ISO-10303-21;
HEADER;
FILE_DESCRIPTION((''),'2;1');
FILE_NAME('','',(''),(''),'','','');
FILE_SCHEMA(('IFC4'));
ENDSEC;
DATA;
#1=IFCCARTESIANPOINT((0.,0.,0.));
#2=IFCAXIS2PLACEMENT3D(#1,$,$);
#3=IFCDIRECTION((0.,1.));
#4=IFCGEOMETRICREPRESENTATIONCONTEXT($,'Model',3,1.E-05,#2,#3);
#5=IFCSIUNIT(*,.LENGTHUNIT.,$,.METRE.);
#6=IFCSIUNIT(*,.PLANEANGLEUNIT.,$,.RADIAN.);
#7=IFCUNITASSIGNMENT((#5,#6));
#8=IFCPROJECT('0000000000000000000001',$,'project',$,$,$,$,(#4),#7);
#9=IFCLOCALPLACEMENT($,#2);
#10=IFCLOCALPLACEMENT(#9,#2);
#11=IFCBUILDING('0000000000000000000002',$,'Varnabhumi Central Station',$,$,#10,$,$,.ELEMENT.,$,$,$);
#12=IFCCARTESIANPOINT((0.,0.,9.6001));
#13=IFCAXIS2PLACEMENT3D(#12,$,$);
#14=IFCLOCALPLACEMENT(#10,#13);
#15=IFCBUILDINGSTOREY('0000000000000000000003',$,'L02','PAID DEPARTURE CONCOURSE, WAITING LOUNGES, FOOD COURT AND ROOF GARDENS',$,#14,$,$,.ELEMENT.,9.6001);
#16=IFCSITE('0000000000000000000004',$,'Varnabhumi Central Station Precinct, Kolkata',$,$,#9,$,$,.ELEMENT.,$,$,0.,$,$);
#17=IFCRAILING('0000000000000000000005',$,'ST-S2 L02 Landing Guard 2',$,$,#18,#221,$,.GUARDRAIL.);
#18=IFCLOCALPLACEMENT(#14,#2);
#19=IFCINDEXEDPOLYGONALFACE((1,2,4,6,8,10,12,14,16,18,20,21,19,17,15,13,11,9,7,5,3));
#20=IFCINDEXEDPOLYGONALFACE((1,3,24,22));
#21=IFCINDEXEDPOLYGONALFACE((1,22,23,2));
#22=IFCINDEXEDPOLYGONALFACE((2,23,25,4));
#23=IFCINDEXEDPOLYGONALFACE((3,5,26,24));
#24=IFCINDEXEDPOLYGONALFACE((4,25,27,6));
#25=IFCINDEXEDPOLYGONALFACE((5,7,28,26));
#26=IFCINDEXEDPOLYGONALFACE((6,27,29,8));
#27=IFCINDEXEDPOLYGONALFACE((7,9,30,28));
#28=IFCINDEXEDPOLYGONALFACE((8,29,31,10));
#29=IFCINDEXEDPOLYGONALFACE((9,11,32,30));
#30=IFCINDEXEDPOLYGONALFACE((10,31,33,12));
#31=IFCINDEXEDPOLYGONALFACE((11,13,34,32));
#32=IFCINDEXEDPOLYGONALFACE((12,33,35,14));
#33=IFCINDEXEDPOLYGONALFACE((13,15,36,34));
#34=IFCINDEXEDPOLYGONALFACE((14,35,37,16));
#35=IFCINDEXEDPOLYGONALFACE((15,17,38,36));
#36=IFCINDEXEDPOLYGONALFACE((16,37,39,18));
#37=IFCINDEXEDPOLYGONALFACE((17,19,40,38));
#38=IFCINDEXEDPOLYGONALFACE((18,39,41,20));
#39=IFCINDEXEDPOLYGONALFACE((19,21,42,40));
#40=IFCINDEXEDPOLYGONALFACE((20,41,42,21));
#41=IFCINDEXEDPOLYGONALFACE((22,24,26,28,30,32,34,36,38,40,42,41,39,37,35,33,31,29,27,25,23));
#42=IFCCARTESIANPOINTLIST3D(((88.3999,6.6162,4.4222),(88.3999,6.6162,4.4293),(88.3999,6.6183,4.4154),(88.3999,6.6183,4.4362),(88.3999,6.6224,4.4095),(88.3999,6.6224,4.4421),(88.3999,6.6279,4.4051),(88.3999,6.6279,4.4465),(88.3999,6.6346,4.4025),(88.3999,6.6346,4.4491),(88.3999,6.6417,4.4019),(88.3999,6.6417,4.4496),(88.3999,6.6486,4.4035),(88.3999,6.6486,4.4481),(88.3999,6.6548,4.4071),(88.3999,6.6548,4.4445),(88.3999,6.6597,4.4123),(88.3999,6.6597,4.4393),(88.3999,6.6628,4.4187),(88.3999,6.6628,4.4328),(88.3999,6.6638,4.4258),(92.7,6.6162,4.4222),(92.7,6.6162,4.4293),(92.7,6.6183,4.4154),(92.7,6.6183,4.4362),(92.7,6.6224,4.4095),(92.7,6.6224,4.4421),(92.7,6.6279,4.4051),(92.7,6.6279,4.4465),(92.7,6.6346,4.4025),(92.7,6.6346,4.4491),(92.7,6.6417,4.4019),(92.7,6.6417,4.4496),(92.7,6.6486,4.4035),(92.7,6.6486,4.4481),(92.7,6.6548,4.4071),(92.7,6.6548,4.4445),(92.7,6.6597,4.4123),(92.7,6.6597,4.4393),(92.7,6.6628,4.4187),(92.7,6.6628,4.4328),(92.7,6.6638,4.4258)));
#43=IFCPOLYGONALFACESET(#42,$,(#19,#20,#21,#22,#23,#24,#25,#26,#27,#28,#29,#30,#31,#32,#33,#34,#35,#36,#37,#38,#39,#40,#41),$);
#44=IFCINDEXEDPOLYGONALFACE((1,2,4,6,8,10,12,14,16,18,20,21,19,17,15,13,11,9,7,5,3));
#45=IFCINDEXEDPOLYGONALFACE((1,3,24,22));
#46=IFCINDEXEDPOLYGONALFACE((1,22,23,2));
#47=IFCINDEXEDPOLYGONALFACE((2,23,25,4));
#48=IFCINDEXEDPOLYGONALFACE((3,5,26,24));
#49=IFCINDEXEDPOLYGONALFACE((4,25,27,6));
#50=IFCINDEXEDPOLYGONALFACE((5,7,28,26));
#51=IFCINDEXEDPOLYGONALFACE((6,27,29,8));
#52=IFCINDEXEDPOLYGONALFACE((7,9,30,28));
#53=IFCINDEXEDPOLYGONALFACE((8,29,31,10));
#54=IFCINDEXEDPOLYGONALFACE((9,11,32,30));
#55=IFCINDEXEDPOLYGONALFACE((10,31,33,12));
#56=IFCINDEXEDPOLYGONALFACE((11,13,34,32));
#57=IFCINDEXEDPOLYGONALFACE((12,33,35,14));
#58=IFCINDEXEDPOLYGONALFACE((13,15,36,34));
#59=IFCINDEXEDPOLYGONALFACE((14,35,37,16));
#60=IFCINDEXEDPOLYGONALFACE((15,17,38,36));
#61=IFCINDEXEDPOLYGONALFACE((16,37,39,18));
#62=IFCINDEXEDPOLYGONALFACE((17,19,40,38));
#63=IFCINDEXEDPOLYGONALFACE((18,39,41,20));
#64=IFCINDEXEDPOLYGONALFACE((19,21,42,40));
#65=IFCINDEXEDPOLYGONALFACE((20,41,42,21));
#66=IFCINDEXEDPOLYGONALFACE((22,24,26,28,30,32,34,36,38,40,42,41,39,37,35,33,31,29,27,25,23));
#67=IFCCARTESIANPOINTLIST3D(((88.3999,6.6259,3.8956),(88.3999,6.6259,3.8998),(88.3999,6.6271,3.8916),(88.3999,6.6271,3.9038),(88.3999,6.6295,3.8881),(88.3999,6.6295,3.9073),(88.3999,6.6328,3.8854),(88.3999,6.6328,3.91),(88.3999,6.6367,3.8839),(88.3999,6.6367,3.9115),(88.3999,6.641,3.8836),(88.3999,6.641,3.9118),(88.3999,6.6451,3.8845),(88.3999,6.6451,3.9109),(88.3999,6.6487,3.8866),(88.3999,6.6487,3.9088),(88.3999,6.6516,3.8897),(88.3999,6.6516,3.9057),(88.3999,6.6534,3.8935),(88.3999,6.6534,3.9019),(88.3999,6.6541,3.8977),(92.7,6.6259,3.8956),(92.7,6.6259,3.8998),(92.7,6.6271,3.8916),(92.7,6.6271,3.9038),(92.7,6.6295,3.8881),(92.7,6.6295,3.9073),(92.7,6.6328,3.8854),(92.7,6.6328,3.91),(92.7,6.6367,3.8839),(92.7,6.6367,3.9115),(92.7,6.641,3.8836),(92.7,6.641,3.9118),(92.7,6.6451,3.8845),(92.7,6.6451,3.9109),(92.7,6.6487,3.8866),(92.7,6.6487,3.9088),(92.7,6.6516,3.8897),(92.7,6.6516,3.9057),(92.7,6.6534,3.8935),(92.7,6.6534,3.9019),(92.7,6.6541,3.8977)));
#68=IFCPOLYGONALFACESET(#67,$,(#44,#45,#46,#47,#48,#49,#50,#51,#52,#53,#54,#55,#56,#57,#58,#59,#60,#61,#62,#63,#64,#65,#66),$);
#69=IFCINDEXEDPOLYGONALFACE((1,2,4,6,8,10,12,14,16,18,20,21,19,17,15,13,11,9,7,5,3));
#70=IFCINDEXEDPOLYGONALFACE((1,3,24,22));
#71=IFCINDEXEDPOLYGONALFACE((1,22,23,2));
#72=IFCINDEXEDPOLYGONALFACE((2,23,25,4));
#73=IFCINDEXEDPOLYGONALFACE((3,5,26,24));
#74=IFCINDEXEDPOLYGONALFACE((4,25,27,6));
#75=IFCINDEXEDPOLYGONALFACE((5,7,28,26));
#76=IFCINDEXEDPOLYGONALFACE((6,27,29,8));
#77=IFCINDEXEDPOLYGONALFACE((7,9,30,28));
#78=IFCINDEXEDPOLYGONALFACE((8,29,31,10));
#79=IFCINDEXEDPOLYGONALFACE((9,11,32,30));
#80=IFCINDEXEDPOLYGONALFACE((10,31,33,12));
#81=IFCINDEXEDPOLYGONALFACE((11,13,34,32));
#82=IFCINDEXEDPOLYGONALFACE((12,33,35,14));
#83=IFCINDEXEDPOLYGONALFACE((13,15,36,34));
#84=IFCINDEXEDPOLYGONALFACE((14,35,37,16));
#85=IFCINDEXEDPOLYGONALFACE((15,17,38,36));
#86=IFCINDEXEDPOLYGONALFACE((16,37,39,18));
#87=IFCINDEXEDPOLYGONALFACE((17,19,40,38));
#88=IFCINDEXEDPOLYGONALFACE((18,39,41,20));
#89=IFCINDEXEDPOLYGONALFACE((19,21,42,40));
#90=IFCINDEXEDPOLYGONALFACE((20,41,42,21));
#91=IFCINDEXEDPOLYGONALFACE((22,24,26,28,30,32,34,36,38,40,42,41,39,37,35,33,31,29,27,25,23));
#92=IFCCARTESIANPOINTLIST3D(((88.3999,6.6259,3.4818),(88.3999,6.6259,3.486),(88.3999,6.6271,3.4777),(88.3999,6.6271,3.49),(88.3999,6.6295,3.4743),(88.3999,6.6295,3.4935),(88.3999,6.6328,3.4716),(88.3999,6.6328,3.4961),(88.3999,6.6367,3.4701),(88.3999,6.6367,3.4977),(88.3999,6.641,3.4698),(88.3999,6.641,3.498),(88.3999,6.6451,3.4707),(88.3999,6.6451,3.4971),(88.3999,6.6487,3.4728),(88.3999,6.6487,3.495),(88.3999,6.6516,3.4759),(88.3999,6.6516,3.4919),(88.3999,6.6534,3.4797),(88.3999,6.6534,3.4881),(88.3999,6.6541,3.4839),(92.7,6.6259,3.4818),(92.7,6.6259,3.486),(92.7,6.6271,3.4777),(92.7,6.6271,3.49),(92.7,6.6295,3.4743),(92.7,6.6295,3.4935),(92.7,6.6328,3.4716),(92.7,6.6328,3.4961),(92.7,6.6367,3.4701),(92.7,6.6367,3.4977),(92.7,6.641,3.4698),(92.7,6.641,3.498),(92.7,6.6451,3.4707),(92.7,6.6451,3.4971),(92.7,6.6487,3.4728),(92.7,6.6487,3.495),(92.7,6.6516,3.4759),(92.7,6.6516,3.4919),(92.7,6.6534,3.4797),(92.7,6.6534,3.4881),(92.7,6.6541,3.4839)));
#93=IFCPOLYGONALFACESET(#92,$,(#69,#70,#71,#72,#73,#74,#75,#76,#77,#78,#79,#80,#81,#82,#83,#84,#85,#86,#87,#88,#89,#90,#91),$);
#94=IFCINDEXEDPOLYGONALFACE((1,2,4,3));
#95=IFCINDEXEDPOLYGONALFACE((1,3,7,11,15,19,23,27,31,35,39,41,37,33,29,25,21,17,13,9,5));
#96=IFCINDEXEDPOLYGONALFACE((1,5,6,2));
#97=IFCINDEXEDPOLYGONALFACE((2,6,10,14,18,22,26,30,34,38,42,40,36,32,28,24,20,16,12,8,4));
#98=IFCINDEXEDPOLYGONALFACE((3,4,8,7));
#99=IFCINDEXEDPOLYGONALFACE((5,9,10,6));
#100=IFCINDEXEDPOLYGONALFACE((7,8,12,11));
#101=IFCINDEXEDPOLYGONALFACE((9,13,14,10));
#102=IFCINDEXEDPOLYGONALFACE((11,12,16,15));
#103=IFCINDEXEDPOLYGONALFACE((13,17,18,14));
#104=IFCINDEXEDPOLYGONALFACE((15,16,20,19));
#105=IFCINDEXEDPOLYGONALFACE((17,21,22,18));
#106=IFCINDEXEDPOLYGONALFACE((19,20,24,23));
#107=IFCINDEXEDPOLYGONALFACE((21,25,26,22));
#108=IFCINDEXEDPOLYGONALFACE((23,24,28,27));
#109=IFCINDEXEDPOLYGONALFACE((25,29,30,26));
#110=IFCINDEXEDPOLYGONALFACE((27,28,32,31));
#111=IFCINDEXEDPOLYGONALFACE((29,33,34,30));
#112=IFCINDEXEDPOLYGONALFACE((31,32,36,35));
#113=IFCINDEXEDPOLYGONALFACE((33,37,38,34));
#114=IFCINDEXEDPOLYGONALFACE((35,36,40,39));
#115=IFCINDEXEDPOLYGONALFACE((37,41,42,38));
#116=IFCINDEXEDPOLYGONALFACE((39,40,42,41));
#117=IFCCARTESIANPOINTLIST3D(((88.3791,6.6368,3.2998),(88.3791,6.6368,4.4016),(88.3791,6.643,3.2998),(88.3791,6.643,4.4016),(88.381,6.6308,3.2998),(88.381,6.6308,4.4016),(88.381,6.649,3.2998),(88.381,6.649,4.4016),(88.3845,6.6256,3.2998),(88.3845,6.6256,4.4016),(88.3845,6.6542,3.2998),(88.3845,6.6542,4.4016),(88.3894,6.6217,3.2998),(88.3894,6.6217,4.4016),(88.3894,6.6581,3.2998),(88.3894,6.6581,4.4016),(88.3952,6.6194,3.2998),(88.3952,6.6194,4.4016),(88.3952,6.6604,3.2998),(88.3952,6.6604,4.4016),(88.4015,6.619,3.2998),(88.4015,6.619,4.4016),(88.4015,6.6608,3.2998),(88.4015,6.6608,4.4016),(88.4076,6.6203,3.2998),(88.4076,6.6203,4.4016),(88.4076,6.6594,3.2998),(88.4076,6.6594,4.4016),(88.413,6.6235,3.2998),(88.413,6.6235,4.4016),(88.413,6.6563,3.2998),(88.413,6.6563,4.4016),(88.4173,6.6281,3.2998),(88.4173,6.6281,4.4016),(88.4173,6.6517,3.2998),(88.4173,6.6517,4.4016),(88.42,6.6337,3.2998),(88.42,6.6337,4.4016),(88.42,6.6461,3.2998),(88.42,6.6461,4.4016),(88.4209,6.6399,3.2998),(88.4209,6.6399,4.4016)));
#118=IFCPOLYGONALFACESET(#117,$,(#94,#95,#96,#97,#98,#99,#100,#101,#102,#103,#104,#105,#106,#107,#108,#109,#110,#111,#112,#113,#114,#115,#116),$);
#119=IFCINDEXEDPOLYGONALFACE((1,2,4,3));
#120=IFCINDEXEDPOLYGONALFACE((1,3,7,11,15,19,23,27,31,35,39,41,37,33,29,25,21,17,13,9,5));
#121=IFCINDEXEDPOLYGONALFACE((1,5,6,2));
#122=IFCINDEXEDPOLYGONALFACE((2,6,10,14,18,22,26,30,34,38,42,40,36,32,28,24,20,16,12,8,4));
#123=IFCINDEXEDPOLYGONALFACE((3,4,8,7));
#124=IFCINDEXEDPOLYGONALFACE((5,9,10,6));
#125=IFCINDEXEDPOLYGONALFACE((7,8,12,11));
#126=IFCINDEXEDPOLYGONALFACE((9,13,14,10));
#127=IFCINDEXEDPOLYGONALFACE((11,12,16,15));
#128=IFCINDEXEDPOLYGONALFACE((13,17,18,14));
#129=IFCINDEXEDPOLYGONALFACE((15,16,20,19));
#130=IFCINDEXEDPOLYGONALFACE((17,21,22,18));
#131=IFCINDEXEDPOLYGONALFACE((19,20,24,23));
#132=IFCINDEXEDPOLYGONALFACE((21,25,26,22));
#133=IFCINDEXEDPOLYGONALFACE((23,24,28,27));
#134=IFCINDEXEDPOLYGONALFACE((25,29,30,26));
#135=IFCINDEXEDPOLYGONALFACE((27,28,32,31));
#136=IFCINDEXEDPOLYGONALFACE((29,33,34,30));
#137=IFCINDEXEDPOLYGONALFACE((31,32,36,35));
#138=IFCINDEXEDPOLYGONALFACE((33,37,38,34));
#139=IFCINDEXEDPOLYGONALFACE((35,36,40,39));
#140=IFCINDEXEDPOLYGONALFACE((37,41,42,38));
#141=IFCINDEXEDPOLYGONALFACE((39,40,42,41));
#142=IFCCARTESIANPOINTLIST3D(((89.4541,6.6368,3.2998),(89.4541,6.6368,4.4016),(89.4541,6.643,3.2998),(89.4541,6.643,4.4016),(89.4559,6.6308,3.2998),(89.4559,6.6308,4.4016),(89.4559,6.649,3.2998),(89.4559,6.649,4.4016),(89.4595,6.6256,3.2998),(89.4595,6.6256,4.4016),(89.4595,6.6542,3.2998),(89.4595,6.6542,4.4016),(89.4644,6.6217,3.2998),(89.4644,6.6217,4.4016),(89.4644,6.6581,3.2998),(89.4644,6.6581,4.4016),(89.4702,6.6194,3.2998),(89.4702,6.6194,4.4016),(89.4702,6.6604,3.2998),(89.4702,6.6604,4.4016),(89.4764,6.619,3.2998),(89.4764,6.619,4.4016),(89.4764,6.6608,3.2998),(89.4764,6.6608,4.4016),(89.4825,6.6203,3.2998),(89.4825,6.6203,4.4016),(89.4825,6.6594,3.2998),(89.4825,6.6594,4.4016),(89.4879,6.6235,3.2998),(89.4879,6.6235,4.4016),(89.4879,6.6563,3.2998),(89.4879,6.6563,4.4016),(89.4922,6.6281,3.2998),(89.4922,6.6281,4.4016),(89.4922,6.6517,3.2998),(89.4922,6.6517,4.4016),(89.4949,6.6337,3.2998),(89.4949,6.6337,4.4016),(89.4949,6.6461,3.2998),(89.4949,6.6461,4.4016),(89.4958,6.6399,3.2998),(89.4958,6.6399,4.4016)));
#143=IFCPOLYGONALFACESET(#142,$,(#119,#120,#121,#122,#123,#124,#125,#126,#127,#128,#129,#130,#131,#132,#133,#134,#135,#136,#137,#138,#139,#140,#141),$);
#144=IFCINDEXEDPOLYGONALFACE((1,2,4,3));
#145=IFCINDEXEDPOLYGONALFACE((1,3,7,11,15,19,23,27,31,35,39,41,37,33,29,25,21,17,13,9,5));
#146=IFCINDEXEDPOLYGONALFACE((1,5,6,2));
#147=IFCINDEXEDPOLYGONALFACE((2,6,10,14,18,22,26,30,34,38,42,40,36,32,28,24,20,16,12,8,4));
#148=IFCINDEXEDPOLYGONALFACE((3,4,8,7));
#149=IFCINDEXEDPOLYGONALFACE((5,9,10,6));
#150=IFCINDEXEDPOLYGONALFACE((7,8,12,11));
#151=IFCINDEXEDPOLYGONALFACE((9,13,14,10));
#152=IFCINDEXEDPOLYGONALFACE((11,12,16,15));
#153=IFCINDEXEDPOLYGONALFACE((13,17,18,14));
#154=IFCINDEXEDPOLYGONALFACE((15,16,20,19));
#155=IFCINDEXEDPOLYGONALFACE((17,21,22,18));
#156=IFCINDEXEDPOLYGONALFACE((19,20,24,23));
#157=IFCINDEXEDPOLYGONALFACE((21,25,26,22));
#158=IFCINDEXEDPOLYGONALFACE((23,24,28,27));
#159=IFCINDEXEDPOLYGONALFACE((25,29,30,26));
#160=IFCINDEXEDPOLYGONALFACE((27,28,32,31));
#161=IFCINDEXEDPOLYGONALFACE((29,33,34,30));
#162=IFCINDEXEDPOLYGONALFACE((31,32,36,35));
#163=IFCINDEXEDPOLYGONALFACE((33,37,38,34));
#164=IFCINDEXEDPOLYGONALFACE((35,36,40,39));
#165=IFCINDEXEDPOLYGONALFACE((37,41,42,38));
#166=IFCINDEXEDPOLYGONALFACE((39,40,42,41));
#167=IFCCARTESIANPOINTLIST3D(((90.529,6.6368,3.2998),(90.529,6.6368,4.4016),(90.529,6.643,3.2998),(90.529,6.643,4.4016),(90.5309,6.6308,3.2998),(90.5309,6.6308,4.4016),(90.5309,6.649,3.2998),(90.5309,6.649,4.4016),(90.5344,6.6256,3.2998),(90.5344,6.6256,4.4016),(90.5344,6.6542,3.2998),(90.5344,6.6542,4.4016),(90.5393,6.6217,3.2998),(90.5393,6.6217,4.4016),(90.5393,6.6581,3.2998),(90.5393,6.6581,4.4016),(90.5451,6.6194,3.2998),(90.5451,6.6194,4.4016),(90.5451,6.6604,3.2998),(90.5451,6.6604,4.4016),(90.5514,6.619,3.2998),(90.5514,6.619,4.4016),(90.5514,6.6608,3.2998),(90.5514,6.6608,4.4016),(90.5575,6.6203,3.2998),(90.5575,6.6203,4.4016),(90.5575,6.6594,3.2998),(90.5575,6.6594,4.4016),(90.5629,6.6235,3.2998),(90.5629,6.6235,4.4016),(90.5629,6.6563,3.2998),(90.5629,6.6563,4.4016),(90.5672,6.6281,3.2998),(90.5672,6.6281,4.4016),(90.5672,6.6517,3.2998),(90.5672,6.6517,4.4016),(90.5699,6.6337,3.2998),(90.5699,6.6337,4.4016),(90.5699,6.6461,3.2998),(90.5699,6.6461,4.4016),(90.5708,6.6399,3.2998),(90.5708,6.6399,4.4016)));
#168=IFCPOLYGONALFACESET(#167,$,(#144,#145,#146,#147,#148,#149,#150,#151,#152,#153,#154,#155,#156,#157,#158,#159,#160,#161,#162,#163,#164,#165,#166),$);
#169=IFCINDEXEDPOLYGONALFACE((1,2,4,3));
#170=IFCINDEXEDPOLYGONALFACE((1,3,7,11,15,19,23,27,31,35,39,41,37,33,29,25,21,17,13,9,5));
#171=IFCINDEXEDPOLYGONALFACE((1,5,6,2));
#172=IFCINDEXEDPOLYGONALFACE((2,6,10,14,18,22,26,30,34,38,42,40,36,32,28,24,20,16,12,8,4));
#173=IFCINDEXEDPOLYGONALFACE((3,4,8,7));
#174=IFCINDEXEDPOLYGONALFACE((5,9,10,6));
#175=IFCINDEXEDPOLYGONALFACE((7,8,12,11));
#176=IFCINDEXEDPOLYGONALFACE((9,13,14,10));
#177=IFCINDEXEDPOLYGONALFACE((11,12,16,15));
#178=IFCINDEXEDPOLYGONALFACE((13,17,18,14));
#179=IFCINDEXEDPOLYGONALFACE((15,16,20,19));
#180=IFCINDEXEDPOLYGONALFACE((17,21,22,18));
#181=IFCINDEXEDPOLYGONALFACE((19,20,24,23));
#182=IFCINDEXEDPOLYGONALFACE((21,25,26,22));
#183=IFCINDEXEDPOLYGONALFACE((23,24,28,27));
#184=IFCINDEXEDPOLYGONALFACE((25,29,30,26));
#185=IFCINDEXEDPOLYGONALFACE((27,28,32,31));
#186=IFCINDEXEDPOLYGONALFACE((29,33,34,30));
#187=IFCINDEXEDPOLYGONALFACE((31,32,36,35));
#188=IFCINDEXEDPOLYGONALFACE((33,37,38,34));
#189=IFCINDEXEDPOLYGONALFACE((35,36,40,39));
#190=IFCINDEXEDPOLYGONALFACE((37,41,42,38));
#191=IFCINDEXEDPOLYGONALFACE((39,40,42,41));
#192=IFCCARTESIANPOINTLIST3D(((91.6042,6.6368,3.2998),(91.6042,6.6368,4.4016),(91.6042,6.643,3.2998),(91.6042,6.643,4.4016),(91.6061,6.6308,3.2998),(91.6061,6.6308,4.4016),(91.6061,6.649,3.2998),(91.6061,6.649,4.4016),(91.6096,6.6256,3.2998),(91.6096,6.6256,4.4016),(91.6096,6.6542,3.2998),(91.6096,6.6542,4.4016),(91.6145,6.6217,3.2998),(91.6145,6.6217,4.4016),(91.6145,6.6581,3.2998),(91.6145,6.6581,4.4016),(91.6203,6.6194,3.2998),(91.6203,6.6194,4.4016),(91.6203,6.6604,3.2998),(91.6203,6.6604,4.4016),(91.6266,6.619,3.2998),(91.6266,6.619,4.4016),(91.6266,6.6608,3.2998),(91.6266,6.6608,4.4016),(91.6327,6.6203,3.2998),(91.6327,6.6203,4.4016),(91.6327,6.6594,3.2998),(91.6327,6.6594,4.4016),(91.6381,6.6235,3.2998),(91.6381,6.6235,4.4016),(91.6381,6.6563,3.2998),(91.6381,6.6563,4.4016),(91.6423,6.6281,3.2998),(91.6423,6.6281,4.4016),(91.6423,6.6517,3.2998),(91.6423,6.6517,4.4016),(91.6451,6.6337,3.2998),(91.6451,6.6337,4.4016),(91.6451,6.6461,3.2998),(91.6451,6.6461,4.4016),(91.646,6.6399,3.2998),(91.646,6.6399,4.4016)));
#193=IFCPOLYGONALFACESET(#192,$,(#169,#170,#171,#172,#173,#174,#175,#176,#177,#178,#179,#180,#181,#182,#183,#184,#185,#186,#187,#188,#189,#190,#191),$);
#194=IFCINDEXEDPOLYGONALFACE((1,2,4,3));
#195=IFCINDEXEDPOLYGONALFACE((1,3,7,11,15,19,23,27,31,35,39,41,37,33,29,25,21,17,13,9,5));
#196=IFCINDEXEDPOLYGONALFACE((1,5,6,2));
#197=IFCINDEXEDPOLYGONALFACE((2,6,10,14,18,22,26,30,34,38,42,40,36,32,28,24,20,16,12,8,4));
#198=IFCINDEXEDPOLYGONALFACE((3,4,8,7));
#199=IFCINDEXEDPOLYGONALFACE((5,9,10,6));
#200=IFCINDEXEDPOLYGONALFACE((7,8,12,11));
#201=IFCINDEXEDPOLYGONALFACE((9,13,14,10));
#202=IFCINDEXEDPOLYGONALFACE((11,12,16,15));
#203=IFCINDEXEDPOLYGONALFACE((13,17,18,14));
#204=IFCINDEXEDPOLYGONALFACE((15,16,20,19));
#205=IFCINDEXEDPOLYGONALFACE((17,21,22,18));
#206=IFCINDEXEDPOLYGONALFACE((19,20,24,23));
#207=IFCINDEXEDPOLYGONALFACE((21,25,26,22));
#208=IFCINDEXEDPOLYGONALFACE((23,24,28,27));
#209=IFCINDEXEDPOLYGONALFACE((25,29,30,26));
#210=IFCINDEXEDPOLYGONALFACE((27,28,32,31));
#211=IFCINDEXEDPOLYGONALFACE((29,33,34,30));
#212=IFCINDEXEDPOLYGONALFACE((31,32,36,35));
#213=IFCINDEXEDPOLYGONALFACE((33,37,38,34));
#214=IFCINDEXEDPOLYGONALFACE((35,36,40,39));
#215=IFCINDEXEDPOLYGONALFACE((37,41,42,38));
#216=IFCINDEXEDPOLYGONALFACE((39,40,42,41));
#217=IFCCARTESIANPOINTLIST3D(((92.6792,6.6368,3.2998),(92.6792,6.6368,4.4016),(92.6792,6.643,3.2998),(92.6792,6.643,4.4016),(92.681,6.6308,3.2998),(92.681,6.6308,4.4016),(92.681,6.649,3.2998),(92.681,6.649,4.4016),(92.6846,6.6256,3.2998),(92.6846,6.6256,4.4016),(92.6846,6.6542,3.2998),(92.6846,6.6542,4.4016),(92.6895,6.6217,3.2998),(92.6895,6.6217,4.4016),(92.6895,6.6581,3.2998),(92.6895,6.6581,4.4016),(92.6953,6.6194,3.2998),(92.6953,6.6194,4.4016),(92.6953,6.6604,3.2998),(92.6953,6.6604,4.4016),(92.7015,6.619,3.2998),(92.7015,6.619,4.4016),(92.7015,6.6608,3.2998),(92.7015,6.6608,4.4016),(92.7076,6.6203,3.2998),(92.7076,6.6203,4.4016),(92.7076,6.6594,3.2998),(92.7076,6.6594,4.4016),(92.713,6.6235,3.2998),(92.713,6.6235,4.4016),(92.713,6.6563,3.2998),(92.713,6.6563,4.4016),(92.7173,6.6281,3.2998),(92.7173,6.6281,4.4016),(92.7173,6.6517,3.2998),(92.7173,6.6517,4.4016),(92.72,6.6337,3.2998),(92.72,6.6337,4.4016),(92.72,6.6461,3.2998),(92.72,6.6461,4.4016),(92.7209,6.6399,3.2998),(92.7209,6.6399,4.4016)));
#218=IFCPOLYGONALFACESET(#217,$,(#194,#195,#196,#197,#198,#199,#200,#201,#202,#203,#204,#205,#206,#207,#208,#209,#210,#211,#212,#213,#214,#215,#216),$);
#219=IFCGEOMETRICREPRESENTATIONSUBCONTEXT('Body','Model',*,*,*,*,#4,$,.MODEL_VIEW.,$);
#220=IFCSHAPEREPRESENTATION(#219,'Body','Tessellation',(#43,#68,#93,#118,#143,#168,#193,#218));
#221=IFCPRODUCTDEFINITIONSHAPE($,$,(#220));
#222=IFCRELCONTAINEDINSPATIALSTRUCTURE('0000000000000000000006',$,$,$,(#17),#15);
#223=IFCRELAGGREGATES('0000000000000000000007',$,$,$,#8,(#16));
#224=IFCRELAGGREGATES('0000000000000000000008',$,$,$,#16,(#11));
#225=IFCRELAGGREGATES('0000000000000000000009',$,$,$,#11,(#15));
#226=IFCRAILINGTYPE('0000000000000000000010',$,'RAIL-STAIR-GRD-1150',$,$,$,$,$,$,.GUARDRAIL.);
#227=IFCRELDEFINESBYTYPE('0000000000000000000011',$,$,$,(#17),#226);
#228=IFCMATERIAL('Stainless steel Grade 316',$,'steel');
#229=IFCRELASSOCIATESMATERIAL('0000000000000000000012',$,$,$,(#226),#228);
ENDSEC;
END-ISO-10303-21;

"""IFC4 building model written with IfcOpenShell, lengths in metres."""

from ifc_helpers import new_model, si_unit, direction, frame, origin, origin_2d, place, context, subcontext, project, spatial, circle, extrude, material, type_object, element, save


model = new_model("IFC4")

# Units and contexts
model_context = context("Model", 3, precision=1e-05, world=origin(), true_north=direction((0.0, 1.0)))
body_context = subcontext(model_context, "Body", "Model", "MODEL_VIEW")
ifc_project = project(units=[si_unit("LENGTHUNIT", "METRE"), si_unit("PLANEANGLEUNIT", "RADIAN")], contexts=[model_context])

# Site, building, storey
site_placement = place(None, origin())
site = spatial("IfcSite", under=ifc_project, at=site_placement, Name="Varnabhumi Central Station Precinct, Kolkata", CompositionType="ELEMENT", RefElevation=0.0)
building_placement = place(site_placement, origin())
building = spatial("IfcBuilding", under=site, at=building_placement, Name="Varnabhumi Central Station", CompositionType="ELEMENT")
storey_placement = place(building_placement, frame((0.0, 0.0, 9.6001)))
storey = spatial("IfcBuildingStorey", under=building, at=storey_placement, Name="L02", Description="PAID DEPARTURE CONCOURSE, WAITING LOUNGES, FOOD COURT AND ROOF GARDENS", CompositionType="ELEMENT", Elevation=9.6001)

# Railing
ifc_material_1 = material(Name="Stainless steel Grade 316", Category="steel")
railing_type = type_object("IfcRailingType", Name="RAIL-STAIR-GRD-1150", PredefinedType="GUARDRAIL", material=ifc_material_1)
railing_1_placement = place(storey_placement, frame((88.3999, 6.6399, 3.2998)))
element("IfcRailing", 1, at=railing_1_placement, inside=storey, type_object=railing_type, Name="ST-S2 L02 Landing Guard 2", PredefinedType="GUARDRAIL", context=body_context, shape_type="SweptSolid", body=[
    extrude(circle(Radius=0.0239, at=origin_2d()), frame((0.0, 0.0, 1.126), z_axis=(1.0, 0.0, 0.0), x_axis=(0.0, 1.0, 0.0)), (0.0, 0.0, 1.0), 4.3),
    extrude(circle(Radius=0.0142, at=origin_2d()), frame((0.0, 0.0, 0.5979), z_axis=(1.0, 0.0, 0.0), x_axis=(0.0, 1.0, 0.0)), (0.0, 0.0, 1.0), 4.3),
    extrude(circle(Radius=0.0142, at=origin_2d()), frame((0.0, 0.0, 0.1841), z_axis=(1.0, 0.0, 0.0), x_axis=(0.0, 1.0, 0.0)), (0.0, 0.0, 1.0), 4.3),
    extrude(circle(Radius=0.021, at=origin_2d()), origin(), (0.0, 0.0, 1.0), 1.1018),
    extrude(circle(Radius=0.021, at=origin_2d()), frame((1.075, 0.0, 0.0)), (0.0, 0.0, 1.0), 1.1018),
    extrude(circle(Radius=0.021, at=origin_2d()), frame((2.1499, 0.0, 0.0)), (0.0, 0.0, 1.0), 1.1018),
    extrude(circle(Radius=0.021, at=origin_2d()), frame((3.2251, 0.0, 0.0)), (0.0, 0.0, 1.0), 1.1018),
    extrude(circle(Radius=0.021, at=origin_2d()), frame((4.3, 0.0, 0.0)), (0.0, 0.0, 1.0), 1.1018),
])

save(model, "model.ifc")
